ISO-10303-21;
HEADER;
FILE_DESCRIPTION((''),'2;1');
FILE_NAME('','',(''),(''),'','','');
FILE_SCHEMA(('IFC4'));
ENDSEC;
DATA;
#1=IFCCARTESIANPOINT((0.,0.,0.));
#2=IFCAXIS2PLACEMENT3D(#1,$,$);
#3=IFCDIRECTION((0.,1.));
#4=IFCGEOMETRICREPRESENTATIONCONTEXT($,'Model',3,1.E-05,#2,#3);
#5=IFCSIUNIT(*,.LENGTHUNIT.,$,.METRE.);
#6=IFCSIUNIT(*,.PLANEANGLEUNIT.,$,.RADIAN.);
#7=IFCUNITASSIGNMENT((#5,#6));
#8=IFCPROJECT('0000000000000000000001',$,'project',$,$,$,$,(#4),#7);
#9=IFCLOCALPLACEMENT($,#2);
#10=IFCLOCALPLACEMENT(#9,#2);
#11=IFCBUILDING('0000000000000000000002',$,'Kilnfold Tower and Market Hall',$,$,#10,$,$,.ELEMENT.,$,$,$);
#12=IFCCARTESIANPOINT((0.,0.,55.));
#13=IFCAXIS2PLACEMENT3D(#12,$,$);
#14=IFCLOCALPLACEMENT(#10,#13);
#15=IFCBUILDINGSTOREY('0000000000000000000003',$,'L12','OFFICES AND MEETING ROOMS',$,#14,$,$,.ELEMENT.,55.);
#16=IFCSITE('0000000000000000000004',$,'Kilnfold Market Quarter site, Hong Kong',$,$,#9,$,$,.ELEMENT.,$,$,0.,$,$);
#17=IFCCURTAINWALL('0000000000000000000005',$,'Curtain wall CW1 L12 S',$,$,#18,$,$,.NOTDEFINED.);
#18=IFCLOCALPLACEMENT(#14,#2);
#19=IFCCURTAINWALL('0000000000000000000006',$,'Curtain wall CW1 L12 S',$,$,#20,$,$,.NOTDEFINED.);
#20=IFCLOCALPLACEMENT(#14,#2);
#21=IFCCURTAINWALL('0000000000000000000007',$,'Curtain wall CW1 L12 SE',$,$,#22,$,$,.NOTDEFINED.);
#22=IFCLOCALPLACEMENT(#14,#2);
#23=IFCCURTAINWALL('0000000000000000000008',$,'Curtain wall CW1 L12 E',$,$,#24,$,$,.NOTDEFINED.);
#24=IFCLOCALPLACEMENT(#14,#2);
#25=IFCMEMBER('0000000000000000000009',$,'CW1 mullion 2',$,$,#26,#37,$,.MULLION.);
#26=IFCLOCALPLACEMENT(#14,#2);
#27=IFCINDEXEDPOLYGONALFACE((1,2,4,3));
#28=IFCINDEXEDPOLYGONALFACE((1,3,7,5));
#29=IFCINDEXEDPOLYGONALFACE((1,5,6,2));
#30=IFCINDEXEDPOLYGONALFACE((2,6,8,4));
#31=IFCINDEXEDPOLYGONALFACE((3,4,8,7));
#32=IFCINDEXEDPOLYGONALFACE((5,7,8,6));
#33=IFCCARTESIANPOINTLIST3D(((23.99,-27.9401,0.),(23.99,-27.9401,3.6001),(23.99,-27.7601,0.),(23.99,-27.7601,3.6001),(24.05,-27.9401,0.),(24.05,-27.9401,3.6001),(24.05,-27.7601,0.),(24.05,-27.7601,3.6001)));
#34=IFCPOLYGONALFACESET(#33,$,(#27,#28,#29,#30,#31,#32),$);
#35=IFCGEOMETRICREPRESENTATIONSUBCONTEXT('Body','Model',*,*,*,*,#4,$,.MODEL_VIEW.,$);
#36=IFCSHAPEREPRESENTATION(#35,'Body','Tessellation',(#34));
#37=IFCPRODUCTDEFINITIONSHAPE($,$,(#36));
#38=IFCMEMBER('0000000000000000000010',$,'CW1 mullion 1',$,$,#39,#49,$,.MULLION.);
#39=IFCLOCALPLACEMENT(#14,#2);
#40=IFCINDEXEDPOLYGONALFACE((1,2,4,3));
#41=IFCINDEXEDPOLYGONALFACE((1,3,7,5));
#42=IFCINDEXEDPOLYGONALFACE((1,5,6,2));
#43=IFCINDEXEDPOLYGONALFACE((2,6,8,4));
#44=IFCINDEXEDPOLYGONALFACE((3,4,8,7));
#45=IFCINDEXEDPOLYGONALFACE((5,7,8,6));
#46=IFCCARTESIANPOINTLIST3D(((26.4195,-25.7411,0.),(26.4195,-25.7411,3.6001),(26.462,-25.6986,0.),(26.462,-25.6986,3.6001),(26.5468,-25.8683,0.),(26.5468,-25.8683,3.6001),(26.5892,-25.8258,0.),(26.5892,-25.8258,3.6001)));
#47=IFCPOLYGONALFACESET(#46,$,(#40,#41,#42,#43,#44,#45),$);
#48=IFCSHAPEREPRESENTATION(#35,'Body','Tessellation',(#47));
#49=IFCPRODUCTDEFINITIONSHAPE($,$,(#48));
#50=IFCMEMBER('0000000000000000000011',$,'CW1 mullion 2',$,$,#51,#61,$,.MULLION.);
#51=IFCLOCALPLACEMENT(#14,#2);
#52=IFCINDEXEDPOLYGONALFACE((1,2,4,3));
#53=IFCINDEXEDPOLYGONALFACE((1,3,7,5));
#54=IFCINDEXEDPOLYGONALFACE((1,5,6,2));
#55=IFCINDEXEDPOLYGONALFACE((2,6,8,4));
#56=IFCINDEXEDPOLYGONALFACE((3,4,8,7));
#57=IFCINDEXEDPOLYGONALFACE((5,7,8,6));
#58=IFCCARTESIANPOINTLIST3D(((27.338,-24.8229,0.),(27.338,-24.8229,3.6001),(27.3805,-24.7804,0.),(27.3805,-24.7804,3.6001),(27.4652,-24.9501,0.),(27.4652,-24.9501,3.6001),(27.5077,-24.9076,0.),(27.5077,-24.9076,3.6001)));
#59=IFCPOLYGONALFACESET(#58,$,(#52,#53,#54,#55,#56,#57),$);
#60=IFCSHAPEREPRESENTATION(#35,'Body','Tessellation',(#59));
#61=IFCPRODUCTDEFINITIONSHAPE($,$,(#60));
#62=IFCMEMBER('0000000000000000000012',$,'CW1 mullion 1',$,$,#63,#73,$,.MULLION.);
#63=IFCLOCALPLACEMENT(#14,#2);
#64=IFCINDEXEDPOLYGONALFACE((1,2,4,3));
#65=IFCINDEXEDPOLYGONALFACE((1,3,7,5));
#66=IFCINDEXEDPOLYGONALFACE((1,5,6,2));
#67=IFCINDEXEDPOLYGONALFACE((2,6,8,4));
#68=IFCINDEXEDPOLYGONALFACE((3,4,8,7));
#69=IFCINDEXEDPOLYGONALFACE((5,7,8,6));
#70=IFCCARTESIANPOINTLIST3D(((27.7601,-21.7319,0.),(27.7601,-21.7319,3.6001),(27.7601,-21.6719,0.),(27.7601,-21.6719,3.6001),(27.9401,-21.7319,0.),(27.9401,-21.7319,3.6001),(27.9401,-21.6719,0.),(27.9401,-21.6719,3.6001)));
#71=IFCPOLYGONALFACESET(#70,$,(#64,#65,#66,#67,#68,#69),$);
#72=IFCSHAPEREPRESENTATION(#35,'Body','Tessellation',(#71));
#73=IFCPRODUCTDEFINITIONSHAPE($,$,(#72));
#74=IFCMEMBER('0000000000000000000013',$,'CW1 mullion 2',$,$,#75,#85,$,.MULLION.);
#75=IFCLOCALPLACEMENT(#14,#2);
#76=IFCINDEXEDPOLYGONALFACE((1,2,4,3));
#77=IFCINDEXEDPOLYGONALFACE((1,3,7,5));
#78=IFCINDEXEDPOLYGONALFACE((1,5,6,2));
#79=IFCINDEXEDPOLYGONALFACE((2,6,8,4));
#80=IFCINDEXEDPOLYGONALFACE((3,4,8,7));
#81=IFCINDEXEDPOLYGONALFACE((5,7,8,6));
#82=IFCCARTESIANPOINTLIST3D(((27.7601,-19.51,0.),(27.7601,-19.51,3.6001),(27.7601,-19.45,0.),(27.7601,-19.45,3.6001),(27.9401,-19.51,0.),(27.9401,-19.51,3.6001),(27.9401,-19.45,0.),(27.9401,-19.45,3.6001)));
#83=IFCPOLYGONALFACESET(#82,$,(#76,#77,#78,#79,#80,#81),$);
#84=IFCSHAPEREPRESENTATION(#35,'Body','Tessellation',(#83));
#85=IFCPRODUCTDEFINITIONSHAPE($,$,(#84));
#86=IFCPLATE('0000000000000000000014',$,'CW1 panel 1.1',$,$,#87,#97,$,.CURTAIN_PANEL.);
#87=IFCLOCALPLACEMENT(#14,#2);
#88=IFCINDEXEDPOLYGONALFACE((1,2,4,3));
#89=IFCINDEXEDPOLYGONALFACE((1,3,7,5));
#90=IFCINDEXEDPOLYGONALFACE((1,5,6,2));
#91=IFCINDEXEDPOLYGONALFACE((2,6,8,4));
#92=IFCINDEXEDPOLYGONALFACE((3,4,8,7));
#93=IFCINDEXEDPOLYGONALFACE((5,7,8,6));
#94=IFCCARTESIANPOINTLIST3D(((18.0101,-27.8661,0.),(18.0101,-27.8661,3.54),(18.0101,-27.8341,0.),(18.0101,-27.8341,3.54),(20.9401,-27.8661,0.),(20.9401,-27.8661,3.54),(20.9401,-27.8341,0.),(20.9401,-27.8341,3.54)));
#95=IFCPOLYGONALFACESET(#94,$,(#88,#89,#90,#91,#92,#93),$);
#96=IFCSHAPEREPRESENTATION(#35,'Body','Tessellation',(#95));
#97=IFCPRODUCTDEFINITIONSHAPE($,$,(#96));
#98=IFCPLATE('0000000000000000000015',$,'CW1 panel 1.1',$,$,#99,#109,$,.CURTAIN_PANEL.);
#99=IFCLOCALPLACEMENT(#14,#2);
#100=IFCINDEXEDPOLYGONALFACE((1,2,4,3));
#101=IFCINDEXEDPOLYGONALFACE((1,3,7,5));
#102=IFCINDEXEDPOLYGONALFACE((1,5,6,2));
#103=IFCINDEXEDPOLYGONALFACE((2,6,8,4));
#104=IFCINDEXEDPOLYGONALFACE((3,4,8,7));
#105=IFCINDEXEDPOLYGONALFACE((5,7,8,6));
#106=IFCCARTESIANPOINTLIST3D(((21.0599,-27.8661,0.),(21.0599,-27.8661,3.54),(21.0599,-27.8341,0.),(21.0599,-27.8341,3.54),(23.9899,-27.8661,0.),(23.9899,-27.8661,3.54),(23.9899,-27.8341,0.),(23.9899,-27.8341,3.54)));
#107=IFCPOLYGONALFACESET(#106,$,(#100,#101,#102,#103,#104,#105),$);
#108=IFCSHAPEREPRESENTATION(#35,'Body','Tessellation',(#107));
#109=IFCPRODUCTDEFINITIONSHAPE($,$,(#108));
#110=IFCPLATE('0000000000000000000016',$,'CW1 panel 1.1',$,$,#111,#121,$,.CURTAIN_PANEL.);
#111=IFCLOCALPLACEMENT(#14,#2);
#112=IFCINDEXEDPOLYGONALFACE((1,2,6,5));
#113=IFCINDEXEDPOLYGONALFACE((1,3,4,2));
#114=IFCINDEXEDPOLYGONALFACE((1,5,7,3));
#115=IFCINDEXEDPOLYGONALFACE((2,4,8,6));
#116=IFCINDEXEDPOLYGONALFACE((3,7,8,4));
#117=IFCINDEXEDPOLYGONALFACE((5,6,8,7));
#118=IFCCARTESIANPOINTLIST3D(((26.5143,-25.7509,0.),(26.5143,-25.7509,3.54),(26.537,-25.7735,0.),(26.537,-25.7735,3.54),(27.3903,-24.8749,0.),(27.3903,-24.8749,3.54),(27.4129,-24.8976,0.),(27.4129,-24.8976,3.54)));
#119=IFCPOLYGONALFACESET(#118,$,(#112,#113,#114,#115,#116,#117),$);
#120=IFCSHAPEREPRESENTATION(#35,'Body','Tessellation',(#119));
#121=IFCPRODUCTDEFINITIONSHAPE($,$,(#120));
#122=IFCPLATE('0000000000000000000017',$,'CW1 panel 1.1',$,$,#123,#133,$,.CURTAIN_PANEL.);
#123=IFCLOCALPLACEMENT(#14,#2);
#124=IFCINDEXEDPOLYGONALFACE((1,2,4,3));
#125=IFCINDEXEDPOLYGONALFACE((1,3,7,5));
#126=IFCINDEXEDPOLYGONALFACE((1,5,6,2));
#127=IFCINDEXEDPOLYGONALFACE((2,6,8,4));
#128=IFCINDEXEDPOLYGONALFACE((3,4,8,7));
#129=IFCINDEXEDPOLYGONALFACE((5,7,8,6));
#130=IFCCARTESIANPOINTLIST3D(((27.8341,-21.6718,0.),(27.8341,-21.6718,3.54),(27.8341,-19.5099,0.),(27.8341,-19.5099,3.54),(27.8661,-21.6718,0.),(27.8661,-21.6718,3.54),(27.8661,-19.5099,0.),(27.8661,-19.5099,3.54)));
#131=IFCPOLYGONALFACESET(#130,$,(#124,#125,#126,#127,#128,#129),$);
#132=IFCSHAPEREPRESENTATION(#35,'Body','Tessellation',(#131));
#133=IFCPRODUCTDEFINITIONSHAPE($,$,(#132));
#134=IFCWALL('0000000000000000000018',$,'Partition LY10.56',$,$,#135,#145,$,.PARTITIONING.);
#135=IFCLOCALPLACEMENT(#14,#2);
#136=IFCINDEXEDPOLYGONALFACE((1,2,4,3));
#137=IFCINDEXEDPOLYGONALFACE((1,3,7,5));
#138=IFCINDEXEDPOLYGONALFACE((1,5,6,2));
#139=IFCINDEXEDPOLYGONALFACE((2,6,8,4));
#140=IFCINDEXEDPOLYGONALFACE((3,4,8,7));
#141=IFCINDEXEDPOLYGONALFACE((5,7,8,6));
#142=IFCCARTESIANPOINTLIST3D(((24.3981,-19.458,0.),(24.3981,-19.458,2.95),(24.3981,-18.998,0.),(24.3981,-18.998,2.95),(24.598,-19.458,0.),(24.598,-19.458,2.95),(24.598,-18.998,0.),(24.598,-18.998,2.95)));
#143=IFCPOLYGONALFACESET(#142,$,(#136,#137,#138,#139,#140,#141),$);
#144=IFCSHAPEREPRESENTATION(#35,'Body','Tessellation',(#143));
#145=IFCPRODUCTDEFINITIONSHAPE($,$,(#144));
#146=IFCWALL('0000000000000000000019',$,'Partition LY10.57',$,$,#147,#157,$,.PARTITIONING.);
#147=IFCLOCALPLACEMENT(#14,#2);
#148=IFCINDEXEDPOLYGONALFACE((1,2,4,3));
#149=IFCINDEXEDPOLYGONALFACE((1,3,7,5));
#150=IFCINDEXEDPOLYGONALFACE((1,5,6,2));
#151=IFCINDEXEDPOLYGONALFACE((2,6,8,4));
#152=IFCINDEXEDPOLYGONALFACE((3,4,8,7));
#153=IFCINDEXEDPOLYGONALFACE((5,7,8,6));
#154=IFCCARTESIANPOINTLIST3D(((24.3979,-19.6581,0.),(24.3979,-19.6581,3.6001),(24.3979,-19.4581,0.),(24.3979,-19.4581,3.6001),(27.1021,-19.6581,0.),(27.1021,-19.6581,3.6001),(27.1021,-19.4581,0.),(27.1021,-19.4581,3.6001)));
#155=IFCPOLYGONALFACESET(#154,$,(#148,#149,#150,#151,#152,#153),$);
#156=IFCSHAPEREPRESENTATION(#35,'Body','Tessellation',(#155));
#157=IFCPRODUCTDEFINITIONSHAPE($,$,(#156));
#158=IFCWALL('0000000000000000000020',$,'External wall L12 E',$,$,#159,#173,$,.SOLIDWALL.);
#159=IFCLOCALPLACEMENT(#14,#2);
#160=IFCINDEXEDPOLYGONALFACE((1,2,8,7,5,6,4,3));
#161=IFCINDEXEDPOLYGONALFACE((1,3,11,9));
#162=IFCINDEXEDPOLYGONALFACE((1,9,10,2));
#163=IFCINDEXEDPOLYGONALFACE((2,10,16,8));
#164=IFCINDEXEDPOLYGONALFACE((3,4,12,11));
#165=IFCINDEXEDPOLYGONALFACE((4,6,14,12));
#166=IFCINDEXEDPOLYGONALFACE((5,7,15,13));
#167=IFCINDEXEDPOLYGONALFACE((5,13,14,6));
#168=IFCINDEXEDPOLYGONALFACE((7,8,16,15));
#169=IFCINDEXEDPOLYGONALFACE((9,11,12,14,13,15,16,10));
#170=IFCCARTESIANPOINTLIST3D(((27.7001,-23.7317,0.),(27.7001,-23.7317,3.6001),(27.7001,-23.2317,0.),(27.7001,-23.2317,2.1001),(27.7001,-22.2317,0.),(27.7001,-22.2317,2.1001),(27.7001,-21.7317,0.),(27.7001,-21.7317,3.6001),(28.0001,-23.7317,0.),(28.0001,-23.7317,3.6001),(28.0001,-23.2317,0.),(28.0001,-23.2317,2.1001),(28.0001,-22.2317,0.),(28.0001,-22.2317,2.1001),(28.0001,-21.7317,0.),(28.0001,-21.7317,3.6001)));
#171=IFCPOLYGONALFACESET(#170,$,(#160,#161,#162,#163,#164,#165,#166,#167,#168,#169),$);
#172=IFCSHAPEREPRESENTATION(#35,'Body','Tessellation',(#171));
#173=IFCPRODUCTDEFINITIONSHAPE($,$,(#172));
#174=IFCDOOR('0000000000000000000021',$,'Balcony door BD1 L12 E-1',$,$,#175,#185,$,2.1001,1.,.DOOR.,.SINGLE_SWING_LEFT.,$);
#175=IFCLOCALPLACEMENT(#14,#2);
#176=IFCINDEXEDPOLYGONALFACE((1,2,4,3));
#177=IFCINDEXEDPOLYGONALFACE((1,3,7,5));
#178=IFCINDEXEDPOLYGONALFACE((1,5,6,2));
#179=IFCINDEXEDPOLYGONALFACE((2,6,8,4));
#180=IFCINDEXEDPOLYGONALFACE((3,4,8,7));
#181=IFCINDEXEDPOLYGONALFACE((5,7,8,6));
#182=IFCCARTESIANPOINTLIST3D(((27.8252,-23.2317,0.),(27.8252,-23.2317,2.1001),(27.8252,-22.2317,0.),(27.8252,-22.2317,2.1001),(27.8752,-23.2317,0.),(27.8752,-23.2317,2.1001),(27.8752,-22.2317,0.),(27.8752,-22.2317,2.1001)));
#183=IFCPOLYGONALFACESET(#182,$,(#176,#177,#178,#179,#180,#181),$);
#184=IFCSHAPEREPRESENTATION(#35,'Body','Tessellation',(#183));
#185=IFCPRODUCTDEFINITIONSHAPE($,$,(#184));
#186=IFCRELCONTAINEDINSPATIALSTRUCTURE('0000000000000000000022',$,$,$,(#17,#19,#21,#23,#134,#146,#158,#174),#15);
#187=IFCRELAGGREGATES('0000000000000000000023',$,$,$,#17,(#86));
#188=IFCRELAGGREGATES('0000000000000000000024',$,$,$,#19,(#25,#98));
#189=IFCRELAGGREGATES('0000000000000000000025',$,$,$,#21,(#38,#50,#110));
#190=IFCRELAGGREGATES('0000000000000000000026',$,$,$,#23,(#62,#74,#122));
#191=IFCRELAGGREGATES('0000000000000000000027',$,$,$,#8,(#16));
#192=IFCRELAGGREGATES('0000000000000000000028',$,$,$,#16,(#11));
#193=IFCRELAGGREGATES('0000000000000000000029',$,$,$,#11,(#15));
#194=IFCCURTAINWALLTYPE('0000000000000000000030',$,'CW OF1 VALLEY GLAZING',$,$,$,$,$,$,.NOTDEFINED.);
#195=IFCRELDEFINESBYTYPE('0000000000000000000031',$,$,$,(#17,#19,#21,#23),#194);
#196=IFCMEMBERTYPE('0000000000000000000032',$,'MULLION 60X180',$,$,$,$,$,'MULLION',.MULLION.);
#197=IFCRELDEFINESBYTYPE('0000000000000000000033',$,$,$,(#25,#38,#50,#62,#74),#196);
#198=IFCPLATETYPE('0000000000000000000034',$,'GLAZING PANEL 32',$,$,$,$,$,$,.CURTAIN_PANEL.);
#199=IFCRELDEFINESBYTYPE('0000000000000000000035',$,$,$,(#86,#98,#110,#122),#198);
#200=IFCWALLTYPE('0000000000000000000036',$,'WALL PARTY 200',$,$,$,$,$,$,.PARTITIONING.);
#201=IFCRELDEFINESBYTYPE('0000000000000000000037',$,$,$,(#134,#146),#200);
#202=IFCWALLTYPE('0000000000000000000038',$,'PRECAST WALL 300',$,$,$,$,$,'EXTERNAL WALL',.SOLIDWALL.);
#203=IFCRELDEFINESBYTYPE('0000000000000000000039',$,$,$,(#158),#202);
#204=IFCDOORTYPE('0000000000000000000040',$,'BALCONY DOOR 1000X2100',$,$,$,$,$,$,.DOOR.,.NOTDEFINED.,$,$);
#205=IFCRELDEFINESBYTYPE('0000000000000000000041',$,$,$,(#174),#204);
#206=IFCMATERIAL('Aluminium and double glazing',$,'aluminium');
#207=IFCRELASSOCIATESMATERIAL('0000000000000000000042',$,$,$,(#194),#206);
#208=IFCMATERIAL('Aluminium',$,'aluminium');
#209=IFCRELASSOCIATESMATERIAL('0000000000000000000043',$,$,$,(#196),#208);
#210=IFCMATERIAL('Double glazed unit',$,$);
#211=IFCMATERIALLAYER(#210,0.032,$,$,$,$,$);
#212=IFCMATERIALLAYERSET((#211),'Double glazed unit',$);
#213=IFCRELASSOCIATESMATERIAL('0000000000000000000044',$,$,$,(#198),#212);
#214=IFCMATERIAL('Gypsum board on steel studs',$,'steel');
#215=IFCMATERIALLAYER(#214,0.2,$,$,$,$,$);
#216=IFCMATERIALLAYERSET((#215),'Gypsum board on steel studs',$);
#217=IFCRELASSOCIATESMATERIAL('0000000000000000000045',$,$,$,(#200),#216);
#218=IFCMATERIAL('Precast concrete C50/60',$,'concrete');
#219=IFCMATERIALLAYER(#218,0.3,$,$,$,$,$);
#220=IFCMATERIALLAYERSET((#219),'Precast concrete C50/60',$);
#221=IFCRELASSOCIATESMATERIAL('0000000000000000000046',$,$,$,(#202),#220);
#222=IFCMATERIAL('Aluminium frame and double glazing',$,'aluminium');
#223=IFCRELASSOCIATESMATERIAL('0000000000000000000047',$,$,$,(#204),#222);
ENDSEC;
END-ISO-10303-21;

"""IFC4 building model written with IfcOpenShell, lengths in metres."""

from ifc_helpers import new_model, si_unit, direction, frame, frame_2d, origin, origin_2d, place, context, subcontext, project, spatial, rectangle, extrude, source, transform, mapped, material, layer, layer_set, material_profile, profile_set, type_object, element, fill, aggregate, save


model = new_model("IFC4")

# Units and contexts
model_context = context("Model", 3, precision=1e-05, world=origin(), true_north=direction((0.0, 1.0)))
body_context = subcontext(model_context, "Body", "Model", "MODEL_VIEW")
ifc_project = project(units=[si_unit("LENGTHUNIT", "METRE"), si_unit("PLANEANGLEUNIT", "RADIAN")], contexts=[model_context])

# Site, building, storey
site_placement = place(None, origin())
site = spatial("IfcSite", under=ifc_project, at=site_placement, Name="Kilnfold Market Quarter site, Hong Kong", CompositionType="ELEMENT", RefElevation=0.0)
building_placement = place(site_placement, origin())
building = spatial("IfcBuilding", under=site, at=building_placement, Name="Kilnfold Tower and Market Hall", CompositionType="ELEMENT")
storey_placement = place(building_placement, frame((0.0, 0.0, 55.0)))
storey = spatial("IfcBuildingStorey", under=building, at=storey_placement, Name="L12", Description="OFFICES AND MEETING ROOMS", CompositionType="ELEMENT", Elevation=55.0)

# Curtain walls
ifc_material_1 = material(Name="Aluminium and double glazing", Category="aluminium")
curtain_wall_type = type_object("IfcCurtainWallType", Name="CW OF1 VALLEY GLAZING", PredefinedType="NOTDEFINED", material=ifc_material_1)
curtain_wall_1_placement = place(storey_placement, origin())
curtain_wall_1 = element("IfcCurtainWall", 1, at=curtain_wall_1_placement, inside=storey, type_object=curtain_wall_type, Name="Curtain wall CW1 L12 S", PredefinedType="NOTDEFINED")
curtain_wall_2_placement = place(storey_placement, origin())
curtain_wall_2 = element("IfcCurtainWall", 2, at=curtain_wall_2_placement, inside=storey, type_object=curtain_wall_type, Name="Curtain wall CW1 L12 S", PredefinedType="NOTDEFINED")
curtain_wall_3_placement = place(storey_placement, origin())
curtain_wall_3 = element("IfcCurtainWall", 3, at=curtain_wall_3_placement, inside=storey, type_object=curtain_wall_type, Name="Curtain wall CW1 L12 SE", PredefinedType="NOTDEFINED")
curtain_wall_4_placement = place(storey_placement, origin())
curtain_wall_4 = element("IfcCurtainWall", 4, at=curtain_wall_4_placement, inside=storey, type_object=curtain_wall_type, Name="Curtain wall CW1 L12 E", PredefinedType="NOTDEFINED")

# Members
ifc_material_2 = material(Name="Aluminium", Category="aluminium")
ifc_material_profile_1 = material_profile(ifc_material_2, rectangle(XDim=0.0601, YDim=0.1799, at=origin_2d()), Name="MULLION 60x180")
ifc_profile_set_1 = profile_set([ifc_material_profile_1], Name="Aluminium")
member_type_1 = type_object("IfcMemberType", Name="MULLION 60X180", ElementType="MULLION", PredefinedType="MULLION", material=ifc_profile_set_1)
shared_shape_1 = source(origin(), body_context, "Body", "SweptSolid", [
    extrude(rectangle(XDim=0.0601, YDim=0.1799, at=origin_2d()), origin(), (0.0, 0.0, 1.0), 3.6001),
])
member_1_placement = place(storey_placement, frame((24.02, -27.8501, 0.0), z_axis=(0.0, 0.0, 1.0), x_axis=(1.0, 0.0, 0.0)))
member_1 = element("IfcMember", 5, at=member_1_placement, type_object=member_type_1, Name="CW1 mullion 2", PredefinedType="MULLION", context=body_context, shape_type="MappedRepresentation", body=[
    mapped(shared_shape_1, transform((0.0, 0.0, 0.0))),
])
member_2_placement = place(storey_placement, frame((26.5044, -25.7834, 0.0), z_axis=(0.0, 0.0, 1.0), x_axis=(0.707107, 0.707107, 0.0)))
member_2 = element("IfcMember", 6, at=member_2_placement, type_object=member_type_1, Name="CW1 mullion 1", PredefinedType="MULLION", context=body_context, shape_type="MappedRepresentation", body=[
    mapped(shared_shape_1, transform((0.0, 0.0, 0.0))),
])
member_3_placement = place(storey_placement, frame((27.4229, -24.8652, 0.0), z_axis=(0.0, 0.0, 1.0), x_axis=(0.707107, 0.707107, 0.0)))
member_3 = element("IfcMember", 7, at=member_3_placement, type_object=member_type_1, Name="CW1 mullion 2", PredefinedType="MULLION", context=body_context, shape_type="MappedRepresentation", body=[
    mapped(shared_shape_1, transform((0.0, 0.0, 0.0))),
])
member_4_placement = place(storey_placement, frame((27.8501, -21.7019, 0.0), z_axis=(0.0, 0.0, 1.0), x_axis=(0.0, 1.0, 0.0)))
member_4 = element("IfcMember", 8, at=member_4_placement, type_object=member_type_1, Name="CW1 mullion 1", PredefinedType="MULLION", context=body_context, shape_type="MappedRepresentation", body=[
    mapped(shared_shape_1, transform((0.0, 0.0, 0.0))),
])
member_5_placement = place(storey_placement, frame((27.8501, -19.48, 0.0), z_axis=(0.0, 0.0, 1.0), x_axis=(0.0, 1.0, 0.0)))
member_5 = element("IfcMember", 9, at=member_5_placement, type_object=member_type_1, Name="CW1 mullion 2", PredefinedType="MULLION", context=body_context, shape_type="MappedRepresentation", body=[
    mapped(shared_shape_1, transform((0.0, 0.0, 0.0))),
])

# Plates
ifc_material_3 = material(Name="Double glazed unit")
ifc_layer_1 = layer(ifc_material_3, 0.032)
ifc_layer_set_1 = layer_set([ifc_layer_1], Name="Double glazed unit")
plate_type = type_object("IfcPlateType", Name="GLAZING PANEL 32", PredefinedType="CURTAIN_PANEL", material=ifc_layer_set_1)
shared_shape_2 = source(origin(), body_context, "Body", "SweptSolid", [
    extrude(rectangle(XDim=2.9299, YDim=0.032, at=origin_2d()), origin(), (0.0, 0.0, 1.0), 3.54),
])
plate_1_placement = place(storey_placement, frame((19.4751, -27.8501, 0.0), z_axis=(0.0, 0.0, 1.0), x_axis=(1.0, 0.0, 0.0)))
plate_1 = element("IfcPlate", 10, at=plate_1_placement, type_object=plate_type, Name="CW1 panel 1.1", PredefinedType="CURTAIN_PANEL", context=body_context, shape_type="MappedRepresentation", body=[
    mapped(shared_shape_2, transform((0.0, 0.0, 0.0))),
])
aggregate(curtain_wall_1, [plate_1])
plate_2_placement = place(storey_placement, frame((22.5249, -27.8501, 0.0), z_axis=(0.0, 0.0, 1.0), x_axis=(1.0, 0.0, 0.0)))
plate_2 = element("IfcPlate", 11, at=plate_2_placement, type_object=plate_type, Name="CW1 panel 1.1", PredefinedType="CURTAIN_PANEL", context=body_context, shape_type="MappedRepresentation", body=[
    mapped(shared_shape_2, transform((0.0, 0.0, 0.0))),
])
aggregate(curtain_wall_2, [member_1, plate_2])
shared_shape_3 = source(origin(), body_context, "Body", "SweptSolid", [
    extrude(rectangle(XDim=1.2388, YDim=0.032, at=origin_2d()), origin(), (0.0, 0.0, 1.0), 3.54),
])
plate_3_placement = place(storey_placement, frame((26.9636, -25.3242, 0.0), z_axis=(0.0, 0.0, 1.0), x_axis=(0.707107, 0.707107, 0.0)))
plate_3 = element("IfcPlate", 12, at=plate_3_placement, type_object=plate_type, Name="CW1 panel 1.1", PredefinedType="CURTAIN_PANEL", context=body_context, shape_type="MappedRepresentation", body=[
    mapped(shared_shape_3, transform((0.0, 0.0, 0.0))),
])
aggregate(curtain_wall_3, [member_2, member_3, plate_3])
shared_shape_4 = source(origin(), body_context, "Body", "SweptSolid", [
    extrude(rectangle(XDim=2.1619, YDim=0.032, at=origin_2d()), origin(), (0.0, 0.0, 1.0), 3.54),
])
plate_4_placement = place(storey_placement, frame((27.8501, -20.5908, 0.0), z_axis=(0.0, 0.0, 1.0), x_axis=(0.0, 1.0, 0.0)))
plate_4 = element("IfcPlate", 13, at=plate_4_placement, type_object=plate_type, Name="CW1 panel 1.1", PredefinedType="CURTAIN_PANEL", context=body_context, shape_type="MappedRepresentation", body=[
    mapped(shared_shape_4, transform((0.0, 0.0, 0.0))),
])
aggregate(curtain_wall_4, [member_4, member_5, plate_4])

# Walls
ifc_material_4 = material(Name="Gypsum board on steel studs", Category="steel")
ifc_layer_2 = layer(ifc_material_4, 0.2)
ifc_layer_set_2 = layer_set([ifc_layer_2], Name="Gypsum board on steel studs")
wall_type_1 = type_object("IfcWallType", Name="WALL PARTY 200", PredefinedType="PARTITIONING", material=ifc_layer_set_2)
wall_1_placement = place(storey_placement, frame((24.498, -19.458, 0.0), z_axis=(0.0, 0.0, 1.0), x_axis=(0.0, 1.0, 0.0)))
element("IfcWall", 14, at=wall_1_placement, inside=storey, type_object=wall_type_1, Name="Partition LY10.56", PredefinedType="PARTITIONING", context=body_context, shape_type="SweptSolid", body=[
    extrude(rectangle(XDim=0.46, YDim=0.2, at=frame_2d((0.23, 0.0))), origin(), (0.0, 0.0, 1.0), 2.95),
])
wall_2_placement = place(storey_placement, frame((27.1021, -19.5581, 0.0), z_axis=(0.0, 0.0, 1.0), x_axis=(-1.0, 0.0, 0.0)))
element("IfcWall", 15, at=wall_2_placement, inside=storey, type_object=wall_type_1, Name="Partition LY10.57", PredefinedType="PARTITIONING", context=body_context, shape_type="SweptSolid", body=[
    extrude(rectangle(XDim=2.7041, YDim=0.2, at=frame_2d((1.3521, 0.0))), origin(), (0.0, 0.0, 1.0), 3.6001),
])

# Wall, opening, door
ifc_material_5 = material(Name="Precast concrete C50/60", Category="concrete")
ifc_layer_3 = layer(ifc_material_5, 0.3)
ifc_layer_set_3 = layer_set([ifc_layer_3], Name="Precast concrete C50/60")
wall_type_2 = type_object("IfcWallType", Name="PRECAST WALL 300", ElementType="EXTERNAL WALL", PredefinedType="SOLIDWALL", material=ifc_layer_set_3)
shared_shape_5 = source(origin(), body_context, "Body", "SweptSolid", [
    extrude(rectangle(XDim=2.0, YDim=0.3, at=frame_2d((1.0, 0.0))), origin(), (0.0, 0.0, 1.0), 3.6001),
])
wall_3_placement = place(storey_placement, frame((27.8501, -23.7317, 0.0), z_axis=(0.0, 0.0, 1.0), x_axis=(0.0, 1.0, 0.0)))
wall_3 = element("IfcWall", 16, at=wall_3_placement, inside=storey, type_object=wall_type_2, Name="External wall L12 E", PredefinedType="SOLIDWALL", context=body_context, shape_type="MappedRepresentation", body=[
    mapped(shared_shape_5, transform((0.0, 0.0, 0.0))),
])
opening_1_placement = place(wall_3_placement, frame((0.5, 0.0, 0.0)))
opening_1 = element("IfcOpeningElement", 17, at=opening_1_placement, cuts=wall_3, PredefinedType="OPENING", context=body_context, shape_type="SweptSolid", body=[
    extrude(rectangle(XDim=1.0, YDim=2.1001, at=frame_2d((0.5, 1.05))), frame((0.0, 0.1602, 0.0), z_axis=(0.0, -1.0, 0.0), x_axis=(1.0, 0.0, 0.0)), (0.0, 0.0, 1.0), 0.3201),
])
ifc_material_6 = material(Name="Aluminium frame and double glazing", Category="aluminium")
door_type = type_object("IfcDoorType", Name="BALCONY DOOR 1000X2100", OperationType="NOTDEFINED", PredefinedType="DOOR", material=ifc_material_6)
door_1_placement = place(opening_1_placement, origin())
door_1 = element("IfcDoor", 18, at=door_1_placement, inside=storey, type_object=door_type, Name="Balcony door BD1 L12 E-1", OperationType="SINGLE_SWING_LEFT", OverallHeight=2.1001, OverallWidth=1.0, PredefinedType="DOOR", context=body_context, shape_type="SweptSolid", body=[
    extrude(rectangle(XDim=1.0, YDim=2.1001, at=frame_2d((0.5, 1.05))), frame((0.0, 0.0249, 0.0), z_axis=(0.0, -1.0, 0.0), x_axis=(1.0, 0.0, 0.0)), (0.0, 0.0, 1.0), 0.05),
])
fill(opening_1, door_1)

save(model, "model.ifc")
